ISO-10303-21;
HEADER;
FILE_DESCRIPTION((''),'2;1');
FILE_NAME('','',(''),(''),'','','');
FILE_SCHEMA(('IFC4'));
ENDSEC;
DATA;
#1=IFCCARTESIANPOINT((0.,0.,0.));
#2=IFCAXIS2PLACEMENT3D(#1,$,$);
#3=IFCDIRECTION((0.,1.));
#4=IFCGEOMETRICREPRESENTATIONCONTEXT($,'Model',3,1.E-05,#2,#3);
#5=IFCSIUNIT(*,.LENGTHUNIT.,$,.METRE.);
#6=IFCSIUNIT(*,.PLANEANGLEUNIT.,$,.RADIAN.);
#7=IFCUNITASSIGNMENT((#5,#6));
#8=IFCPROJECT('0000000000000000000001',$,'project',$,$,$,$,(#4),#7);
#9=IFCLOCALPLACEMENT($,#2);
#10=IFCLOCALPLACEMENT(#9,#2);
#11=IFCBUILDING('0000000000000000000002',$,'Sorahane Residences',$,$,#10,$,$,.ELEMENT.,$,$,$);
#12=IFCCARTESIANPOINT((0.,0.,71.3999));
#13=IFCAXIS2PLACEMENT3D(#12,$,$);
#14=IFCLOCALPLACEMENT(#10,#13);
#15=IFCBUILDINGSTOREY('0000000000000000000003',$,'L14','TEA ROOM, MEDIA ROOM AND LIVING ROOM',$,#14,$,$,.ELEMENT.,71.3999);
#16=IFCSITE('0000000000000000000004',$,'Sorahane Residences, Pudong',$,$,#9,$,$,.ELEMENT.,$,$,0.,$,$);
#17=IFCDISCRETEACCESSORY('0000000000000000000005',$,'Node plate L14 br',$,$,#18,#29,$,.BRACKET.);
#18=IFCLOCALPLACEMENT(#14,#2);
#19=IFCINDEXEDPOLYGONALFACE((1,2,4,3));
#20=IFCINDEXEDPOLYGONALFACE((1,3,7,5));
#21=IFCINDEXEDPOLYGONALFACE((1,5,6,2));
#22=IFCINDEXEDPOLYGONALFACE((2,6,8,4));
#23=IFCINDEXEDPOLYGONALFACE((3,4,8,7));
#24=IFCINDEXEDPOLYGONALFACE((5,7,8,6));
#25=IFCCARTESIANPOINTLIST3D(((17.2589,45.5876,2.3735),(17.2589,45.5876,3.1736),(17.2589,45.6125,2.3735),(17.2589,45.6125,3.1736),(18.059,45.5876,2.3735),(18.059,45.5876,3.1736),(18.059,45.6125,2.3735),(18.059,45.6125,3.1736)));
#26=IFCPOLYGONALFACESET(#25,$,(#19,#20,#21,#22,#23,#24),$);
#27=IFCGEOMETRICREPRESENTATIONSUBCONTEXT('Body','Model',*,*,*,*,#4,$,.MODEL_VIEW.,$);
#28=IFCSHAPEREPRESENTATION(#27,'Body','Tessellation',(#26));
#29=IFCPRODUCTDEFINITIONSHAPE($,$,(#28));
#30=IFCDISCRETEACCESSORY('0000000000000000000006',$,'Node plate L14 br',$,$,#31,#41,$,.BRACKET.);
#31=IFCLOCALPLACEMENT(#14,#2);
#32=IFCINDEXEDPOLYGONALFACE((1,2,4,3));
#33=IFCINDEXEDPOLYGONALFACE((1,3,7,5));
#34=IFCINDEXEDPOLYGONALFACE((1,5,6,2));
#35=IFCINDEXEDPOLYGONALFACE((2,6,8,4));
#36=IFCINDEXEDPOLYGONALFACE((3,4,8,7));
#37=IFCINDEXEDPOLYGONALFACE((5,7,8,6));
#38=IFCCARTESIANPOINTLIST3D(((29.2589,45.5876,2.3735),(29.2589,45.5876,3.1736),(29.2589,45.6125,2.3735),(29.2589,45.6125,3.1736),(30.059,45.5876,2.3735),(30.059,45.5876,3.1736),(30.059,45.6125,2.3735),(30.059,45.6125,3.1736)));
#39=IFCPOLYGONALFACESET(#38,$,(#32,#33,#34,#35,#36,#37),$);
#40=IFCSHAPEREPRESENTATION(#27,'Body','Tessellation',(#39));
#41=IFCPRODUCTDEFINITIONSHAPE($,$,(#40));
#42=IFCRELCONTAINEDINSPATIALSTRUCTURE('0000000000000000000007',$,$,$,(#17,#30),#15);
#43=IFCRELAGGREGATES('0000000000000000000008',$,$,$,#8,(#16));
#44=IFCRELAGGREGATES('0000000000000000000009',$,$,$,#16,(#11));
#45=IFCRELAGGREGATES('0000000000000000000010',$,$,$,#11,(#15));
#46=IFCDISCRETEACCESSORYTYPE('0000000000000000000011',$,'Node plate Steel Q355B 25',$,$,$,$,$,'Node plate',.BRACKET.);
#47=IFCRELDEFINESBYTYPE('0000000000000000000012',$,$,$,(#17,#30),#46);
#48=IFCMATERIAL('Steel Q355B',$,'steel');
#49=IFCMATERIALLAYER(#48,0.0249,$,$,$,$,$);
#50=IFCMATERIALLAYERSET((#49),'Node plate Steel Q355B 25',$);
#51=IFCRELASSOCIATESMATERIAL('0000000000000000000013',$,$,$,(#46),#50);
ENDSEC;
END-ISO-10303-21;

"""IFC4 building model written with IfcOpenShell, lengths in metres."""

from ifc_helpers import new_model, si_unit, direction, frame, origin, origin_2d, place, context, subcontext, project, spatial, rectangle, extrude, material, layer, layer_set, type_object, element, save


model = new_model("IFC4")

# Units and contexts
model_context = context("Model", 3, precision=1e-05, world=origin(), true_north=direction((0.0, 1.0)))
body_context = subcontext(model_context, "Body", "Model", "MODEL_VIEW")
ifc_project = project(units=[si_unit("LENGTHUNIT", "METRE"), si_unit("PLANEANGLEUNIT", "RADIAN")], contexts=[model_context])

# Site, building, storey
site_placement = place(None, origin())
site = spatial("IfcSite", under=ifc_project, at=site_placement, Name="Sorahane Residences, Pudong", CompositionType="ELEMENT", RefElevation=0.0)
building_placement = place(site_placement, origin())
building = spatial("IfcBuilding", under=site, at=building_placement, Name="Sorahane Residences", CompositionType="ELEMENT")
storey_placement = place(building_placement, frame((0.0, 0.0, 71.3999)))
storey = spatial("IfcBuildingStorey", under=building, at=storey_placement, Name="L14", Description="TEA ROOM, MEDIA ROOM AND LIVING ROOM", CompositionType="ELEMENT", Elevation=71.3999)

# Discrete accessories
ifc_material_1 = material(Name="Steel Q355B", Category="steel")
ifc_layer_1 = layer(ifc_material_1, 0.0249)
ifc_layer_set_1 = layer_set([ifc_layer_1], Name="Node plate Steel Q355B 25")
discrete_accessory_type = type_object("IfcDiscreteAccessoryType", Name="Node plate Steel Q355B 25", ElementType="Node plate", PredefinedType="BRACKET", material=ifc_layer_set_1)
for number, where, z_axis, x_axis, name in (
    (1, (17.6589, 45.6001, 2.3735), (0.0, 0.0, 1.0), (1.0, 0.0, 0.0), "Node plate L14 br"),
    (2, (29.6589, 45.6001, 2.3735), (0.0, 0.0, 1.0), (1.0, 0.0, 0.0), "Node plate L14 br"),
):
    element("IfcDiscreteAccessory", number, at=place(storey_placement, frame(where, z_axis=z_axis, x_axis=x_axis)), inside=storey, type_object=discrete_accessory_type, Name=name, PredefinedType="BRACKET", context=body_context, shape_type="SweptSolid", body=[
        extrude(rectangle(XDim=0.8, YDim=0.0249, at=origin_2d()), origin(), (0.0, 0.0, 1.0), 0.8),
    ])

save(model, "model.ifc")
